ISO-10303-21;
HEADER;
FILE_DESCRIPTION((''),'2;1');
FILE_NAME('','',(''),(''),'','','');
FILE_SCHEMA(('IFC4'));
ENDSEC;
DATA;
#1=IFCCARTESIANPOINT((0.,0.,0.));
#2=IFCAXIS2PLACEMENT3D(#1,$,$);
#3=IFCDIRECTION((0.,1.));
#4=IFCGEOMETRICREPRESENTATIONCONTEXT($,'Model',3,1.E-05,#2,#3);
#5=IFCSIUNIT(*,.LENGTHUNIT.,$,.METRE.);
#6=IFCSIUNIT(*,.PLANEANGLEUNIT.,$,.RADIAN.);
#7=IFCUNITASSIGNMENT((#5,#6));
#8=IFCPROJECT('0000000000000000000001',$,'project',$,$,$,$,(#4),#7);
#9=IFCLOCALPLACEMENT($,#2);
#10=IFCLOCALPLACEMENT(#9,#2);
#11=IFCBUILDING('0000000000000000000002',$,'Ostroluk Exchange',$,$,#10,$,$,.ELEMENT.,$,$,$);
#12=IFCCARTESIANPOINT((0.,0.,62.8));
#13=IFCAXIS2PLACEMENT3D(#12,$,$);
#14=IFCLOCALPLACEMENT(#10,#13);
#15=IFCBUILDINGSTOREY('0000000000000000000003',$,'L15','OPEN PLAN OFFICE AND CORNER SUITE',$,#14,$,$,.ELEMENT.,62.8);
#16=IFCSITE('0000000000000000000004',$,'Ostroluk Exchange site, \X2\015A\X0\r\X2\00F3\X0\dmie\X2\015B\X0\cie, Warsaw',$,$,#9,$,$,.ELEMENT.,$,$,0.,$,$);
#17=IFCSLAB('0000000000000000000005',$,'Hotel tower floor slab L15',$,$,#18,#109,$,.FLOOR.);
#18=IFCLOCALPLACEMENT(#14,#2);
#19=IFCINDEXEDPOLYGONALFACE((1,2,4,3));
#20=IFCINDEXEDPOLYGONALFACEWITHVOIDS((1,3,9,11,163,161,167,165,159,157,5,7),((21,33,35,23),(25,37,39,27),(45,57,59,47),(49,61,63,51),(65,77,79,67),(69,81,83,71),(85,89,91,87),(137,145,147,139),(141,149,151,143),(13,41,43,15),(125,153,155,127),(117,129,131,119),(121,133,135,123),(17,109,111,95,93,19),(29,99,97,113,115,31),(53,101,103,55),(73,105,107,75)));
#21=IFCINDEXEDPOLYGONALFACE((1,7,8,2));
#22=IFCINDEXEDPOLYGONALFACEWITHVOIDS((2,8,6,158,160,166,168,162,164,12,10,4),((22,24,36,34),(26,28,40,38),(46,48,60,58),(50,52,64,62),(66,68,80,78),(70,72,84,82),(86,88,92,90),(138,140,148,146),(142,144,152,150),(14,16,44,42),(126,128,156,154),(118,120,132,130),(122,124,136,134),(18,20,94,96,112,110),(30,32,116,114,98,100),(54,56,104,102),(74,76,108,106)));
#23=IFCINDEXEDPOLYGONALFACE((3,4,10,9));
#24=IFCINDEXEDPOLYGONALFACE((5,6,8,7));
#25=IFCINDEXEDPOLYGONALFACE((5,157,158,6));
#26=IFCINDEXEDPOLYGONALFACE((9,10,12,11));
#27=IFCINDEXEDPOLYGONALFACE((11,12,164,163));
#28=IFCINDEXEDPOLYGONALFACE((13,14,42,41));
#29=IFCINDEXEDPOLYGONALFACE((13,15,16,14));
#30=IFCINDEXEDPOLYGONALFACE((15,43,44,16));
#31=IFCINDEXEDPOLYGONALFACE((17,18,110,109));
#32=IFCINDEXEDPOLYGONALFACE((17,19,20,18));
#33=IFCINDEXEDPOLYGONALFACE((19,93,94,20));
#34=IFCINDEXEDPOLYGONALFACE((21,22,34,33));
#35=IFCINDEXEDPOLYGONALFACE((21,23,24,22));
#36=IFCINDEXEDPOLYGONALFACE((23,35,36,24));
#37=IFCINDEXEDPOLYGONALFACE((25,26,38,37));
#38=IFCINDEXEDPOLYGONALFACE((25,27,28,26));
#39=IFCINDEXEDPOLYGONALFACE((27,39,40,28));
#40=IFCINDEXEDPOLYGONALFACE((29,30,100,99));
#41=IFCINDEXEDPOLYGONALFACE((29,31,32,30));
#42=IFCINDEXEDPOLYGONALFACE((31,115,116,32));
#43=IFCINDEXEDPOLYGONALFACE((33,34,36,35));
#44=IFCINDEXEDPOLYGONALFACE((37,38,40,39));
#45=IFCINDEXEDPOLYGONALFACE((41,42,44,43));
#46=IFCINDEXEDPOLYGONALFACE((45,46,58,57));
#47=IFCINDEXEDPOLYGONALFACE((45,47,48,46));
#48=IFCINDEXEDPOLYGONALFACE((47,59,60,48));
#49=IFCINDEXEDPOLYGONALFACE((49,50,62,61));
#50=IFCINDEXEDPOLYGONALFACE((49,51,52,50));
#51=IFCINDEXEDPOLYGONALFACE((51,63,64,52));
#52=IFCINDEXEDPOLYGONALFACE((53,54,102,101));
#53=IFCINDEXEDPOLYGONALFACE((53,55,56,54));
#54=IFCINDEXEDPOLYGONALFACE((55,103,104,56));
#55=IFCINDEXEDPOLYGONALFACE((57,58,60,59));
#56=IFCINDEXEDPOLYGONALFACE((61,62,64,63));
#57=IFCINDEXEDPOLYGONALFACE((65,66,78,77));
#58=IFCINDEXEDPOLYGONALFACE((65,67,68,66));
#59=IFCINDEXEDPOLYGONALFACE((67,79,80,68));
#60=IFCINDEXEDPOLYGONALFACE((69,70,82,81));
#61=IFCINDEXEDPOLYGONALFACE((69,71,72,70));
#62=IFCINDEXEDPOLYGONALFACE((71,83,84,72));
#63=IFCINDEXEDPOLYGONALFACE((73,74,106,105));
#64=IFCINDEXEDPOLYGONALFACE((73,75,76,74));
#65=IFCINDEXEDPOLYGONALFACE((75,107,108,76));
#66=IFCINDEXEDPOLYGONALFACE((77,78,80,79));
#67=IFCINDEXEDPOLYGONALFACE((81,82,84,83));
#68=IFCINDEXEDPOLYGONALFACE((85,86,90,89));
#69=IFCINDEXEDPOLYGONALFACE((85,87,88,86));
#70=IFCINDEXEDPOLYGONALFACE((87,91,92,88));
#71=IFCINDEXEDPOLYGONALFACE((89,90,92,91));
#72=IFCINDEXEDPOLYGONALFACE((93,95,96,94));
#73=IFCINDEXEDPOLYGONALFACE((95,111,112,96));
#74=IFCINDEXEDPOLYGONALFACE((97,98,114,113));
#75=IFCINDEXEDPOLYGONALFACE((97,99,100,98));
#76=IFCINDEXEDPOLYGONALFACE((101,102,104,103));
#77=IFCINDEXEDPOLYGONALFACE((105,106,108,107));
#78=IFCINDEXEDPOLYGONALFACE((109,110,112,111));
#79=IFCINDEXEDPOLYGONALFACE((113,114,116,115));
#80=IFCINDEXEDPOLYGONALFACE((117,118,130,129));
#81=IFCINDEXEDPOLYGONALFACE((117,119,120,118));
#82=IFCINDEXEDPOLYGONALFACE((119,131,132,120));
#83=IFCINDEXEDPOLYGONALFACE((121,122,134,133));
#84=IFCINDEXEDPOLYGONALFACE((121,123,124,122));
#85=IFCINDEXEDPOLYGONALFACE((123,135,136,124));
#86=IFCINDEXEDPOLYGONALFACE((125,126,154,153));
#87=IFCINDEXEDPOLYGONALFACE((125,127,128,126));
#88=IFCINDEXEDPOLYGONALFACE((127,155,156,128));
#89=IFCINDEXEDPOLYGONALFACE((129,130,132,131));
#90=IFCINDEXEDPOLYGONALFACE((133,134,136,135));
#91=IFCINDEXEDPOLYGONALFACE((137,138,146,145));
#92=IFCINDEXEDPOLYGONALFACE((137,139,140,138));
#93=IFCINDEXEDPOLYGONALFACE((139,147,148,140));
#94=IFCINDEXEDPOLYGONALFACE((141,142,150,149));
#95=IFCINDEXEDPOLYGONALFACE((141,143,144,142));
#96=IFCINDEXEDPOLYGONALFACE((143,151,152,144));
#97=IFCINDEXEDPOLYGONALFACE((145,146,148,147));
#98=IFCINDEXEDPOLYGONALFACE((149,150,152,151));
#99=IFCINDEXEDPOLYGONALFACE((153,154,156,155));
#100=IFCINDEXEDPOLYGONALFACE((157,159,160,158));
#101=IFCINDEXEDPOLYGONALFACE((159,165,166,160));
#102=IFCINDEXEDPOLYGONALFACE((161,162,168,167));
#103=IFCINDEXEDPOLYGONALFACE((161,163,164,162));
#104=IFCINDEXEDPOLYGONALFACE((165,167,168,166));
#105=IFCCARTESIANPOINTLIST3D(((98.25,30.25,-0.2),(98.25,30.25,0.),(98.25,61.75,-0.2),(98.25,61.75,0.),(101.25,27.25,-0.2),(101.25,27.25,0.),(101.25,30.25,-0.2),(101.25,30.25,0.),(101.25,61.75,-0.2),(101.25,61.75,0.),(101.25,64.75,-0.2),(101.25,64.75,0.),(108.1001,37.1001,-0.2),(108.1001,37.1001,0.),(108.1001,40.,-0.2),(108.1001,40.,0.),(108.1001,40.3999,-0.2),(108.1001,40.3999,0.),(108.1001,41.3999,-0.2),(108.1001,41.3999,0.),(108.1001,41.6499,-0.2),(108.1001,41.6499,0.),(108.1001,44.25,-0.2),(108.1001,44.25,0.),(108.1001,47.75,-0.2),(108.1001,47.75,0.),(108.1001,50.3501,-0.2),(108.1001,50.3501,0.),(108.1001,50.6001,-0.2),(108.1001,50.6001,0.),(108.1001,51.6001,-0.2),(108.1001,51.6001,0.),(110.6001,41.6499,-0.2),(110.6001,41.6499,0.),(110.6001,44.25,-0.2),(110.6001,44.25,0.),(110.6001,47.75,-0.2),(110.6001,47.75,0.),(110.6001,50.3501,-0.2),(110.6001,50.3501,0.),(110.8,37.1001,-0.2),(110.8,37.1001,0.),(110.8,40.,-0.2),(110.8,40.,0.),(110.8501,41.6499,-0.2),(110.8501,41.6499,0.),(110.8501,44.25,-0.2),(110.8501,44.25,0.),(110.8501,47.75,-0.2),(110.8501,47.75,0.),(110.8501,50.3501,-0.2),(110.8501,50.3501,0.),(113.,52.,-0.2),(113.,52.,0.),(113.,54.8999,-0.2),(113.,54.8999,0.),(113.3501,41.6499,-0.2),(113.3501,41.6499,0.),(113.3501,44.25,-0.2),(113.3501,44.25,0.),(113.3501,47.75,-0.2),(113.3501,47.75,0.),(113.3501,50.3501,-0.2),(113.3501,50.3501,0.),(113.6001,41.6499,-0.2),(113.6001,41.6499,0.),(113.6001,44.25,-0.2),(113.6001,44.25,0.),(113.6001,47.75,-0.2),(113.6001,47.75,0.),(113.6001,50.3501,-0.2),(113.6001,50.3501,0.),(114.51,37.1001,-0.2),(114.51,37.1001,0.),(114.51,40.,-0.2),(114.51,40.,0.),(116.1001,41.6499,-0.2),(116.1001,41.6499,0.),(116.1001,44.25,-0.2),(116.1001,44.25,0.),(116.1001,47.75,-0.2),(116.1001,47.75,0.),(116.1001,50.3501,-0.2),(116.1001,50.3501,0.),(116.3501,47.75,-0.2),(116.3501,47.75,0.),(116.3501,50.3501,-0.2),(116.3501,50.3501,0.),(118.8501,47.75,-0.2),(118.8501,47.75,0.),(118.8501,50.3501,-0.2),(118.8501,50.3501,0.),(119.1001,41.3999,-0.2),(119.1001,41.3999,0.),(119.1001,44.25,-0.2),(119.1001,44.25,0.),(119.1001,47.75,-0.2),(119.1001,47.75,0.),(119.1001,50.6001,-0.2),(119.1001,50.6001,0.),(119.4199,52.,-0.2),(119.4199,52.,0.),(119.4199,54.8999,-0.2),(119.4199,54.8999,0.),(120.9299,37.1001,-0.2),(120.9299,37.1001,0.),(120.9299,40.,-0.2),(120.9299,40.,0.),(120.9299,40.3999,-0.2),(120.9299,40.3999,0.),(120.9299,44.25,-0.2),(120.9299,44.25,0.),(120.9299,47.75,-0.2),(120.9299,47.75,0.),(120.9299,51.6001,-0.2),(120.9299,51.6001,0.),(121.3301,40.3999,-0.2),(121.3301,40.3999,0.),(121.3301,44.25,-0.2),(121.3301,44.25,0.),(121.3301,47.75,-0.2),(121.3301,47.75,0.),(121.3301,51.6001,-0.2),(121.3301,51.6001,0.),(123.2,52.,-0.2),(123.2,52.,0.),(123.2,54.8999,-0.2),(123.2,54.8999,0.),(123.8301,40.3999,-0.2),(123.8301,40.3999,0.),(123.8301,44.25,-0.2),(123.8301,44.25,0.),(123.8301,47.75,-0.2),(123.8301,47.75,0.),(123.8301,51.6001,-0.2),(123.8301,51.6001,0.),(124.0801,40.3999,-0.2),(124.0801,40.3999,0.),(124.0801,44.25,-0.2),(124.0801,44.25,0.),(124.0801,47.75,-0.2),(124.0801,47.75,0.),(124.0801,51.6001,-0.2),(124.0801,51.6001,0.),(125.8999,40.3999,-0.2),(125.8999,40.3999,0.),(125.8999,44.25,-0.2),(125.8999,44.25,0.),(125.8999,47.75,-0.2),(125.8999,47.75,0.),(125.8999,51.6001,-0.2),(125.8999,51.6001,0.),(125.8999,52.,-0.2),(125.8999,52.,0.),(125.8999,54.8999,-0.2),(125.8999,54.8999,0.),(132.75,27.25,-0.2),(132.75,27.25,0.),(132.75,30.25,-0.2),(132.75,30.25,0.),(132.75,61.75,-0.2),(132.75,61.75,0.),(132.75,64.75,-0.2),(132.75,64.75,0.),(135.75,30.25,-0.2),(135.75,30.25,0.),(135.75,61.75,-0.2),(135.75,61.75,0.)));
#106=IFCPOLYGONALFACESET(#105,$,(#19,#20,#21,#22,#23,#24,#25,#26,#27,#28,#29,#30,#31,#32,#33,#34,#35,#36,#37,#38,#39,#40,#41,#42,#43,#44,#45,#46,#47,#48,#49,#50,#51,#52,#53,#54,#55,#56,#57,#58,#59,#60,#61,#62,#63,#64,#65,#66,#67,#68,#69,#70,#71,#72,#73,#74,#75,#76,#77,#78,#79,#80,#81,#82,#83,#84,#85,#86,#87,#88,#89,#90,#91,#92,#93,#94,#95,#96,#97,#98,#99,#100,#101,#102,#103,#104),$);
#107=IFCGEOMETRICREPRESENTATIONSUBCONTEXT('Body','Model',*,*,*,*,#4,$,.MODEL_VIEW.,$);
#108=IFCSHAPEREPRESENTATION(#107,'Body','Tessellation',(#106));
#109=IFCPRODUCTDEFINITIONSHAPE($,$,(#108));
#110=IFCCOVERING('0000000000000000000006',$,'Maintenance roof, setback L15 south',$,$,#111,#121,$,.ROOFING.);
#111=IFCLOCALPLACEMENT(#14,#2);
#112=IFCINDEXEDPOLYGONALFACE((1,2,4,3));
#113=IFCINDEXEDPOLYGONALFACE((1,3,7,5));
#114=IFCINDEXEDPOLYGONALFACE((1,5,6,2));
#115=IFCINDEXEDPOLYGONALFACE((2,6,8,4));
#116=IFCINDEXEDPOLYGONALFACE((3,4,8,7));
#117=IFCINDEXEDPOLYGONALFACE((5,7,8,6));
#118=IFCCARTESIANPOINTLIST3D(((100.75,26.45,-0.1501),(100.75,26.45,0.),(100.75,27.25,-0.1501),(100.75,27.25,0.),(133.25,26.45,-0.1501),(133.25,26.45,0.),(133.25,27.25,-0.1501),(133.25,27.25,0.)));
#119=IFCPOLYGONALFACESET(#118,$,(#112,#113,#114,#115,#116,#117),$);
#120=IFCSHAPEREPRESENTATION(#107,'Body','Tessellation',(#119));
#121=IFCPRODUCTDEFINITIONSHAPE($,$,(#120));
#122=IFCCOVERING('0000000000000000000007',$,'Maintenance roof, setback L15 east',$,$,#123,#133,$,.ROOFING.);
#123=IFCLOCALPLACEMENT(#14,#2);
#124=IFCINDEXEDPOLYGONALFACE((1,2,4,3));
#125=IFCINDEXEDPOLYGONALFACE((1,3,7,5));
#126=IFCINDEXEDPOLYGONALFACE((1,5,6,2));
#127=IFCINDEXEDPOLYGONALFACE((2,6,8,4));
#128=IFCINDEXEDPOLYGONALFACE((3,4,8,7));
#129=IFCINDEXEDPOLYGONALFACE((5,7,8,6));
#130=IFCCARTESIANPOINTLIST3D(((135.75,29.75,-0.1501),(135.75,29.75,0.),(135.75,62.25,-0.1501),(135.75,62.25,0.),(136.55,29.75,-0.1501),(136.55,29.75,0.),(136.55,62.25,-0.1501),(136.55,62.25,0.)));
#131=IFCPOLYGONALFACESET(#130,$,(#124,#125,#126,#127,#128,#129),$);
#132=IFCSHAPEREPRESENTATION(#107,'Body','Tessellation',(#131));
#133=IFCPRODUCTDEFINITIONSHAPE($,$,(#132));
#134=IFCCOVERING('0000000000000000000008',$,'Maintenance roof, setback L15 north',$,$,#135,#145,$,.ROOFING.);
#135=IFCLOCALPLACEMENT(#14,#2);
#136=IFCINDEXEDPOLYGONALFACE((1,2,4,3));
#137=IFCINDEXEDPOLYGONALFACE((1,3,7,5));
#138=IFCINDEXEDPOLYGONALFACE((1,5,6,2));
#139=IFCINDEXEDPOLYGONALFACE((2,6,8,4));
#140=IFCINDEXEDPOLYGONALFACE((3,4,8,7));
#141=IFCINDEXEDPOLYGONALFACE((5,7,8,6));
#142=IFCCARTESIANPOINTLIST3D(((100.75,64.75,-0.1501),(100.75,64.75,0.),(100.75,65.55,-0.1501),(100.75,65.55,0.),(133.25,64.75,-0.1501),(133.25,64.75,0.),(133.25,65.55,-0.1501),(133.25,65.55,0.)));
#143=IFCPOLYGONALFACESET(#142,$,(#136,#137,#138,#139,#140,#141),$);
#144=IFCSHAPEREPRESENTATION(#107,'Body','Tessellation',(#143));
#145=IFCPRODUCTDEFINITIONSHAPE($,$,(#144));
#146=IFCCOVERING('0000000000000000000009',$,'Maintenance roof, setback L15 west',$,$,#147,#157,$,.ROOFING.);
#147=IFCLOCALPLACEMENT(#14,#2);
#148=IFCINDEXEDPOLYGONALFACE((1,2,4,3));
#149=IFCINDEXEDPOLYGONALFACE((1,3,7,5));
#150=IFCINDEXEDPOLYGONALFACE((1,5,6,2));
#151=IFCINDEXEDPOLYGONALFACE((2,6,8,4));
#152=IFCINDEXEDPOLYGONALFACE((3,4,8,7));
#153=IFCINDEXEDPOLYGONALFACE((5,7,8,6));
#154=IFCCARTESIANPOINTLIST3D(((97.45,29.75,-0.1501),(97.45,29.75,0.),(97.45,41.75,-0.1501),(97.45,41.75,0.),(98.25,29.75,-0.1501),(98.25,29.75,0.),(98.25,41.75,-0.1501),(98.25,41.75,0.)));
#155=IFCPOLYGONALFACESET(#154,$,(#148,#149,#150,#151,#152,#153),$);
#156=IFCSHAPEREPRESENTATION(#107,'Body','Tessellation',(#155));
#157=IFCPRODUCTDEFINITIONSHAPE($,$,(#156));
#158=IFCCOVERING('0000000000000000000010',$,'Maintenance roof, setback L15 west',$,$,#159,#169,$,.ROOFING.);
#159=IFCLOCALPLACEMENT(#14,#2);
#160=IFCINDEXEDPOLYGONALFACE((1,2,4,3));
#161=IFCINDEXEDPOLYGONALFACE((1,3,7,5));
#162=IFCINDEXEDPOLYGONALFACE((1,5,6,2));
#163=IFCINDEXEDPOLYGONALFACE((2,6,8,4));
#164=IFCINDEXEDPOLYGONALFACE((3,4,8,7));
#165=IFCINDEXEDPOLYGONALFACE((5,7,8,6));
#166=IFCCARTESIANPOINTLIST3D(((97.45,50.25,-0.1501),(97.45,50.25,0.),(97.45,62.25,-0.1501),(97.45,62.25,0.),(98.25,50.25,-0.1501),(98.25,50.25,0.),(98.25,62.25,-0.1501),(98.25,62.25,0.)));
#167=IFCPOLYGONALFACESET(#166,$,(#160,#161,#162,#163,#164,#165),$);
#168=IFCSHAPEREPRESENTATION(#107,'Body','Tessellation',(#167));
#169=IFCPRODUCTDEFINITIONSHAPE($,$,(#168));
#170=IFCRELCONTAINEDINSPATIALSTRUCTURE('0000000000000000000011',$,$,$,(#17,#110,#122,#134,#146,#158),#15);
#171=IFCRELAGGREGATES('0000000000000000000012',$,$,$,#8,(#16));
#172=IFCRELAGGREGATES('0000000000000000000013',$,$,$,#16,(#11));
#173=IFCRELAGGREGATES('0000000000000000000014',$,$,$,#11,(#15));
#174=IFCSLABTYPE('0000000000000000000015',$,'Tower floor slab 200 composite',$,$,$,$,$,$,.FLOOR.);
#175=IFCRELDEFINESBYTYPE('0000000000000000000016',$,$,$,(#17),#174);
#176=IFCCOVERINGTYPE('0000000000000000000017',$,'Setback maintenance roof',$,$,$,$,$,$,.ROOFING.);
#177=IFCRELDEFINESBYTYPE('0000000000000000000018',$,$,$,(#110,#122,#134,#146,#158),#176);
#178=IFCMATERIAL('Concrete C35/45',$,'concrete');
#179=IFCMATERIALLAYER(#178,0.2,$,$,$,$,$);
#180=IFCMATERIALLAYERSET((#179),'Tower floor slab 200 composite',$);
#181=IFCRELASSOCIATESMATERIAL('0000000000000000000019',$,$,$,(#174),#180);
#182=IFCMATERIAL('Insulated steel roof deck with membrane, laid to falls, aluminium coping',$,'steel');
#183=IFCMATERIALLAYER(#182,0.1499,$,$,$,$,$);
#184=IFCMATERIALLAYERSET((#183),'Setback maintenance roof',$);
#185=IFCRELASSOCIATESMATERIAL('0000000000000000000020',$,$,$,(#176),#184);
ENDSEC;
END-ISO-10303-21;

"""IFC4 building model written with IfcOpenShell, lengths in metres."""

from ifc_helpers import new_model, si_unit, direction, frame, origin, place, context, subcontext, project, spatial, polyline, outline, extrude, material, layer, layer_set, type_object, element, save


model = new_model("IFC4")

# Units and contexts
model_context = context("Model", 3, precision=1e-05, world=origin(), true_north=direction((0.0, 1.0)))
body_context = subcontext(model_context, "Body", "Model", "MODEL_VIEW")
ifc_project = project(units=[si_unit("LENGTHUNIT", "METRE"), si_unit("PLANEANGLEUNIT", "RADIAN")], contexts=[model_context])

# Site, building, storey
site_placement = place(None, origin())
site = spatial("IfcSite", under=ifc_project, at=site_placement, Name="Ostroluk Exchange site, Śródmieście, Warsaw", CompositionType="ELEMENT", RefElevation=0.0)
building_placement = place(site_placement, origin())
building = spatial("IfcBuilding", under=site, at=building_placement, Name="Ostroluk Exchange", CompositionType="ELEMENT")
storey_placement = place(building_placement, frame((0.0, 0.0, 62.8)))
storey = spatial("IfcBuildingStorey", under=building, at=storey_placement, Name="L15", Description="OPEN PLAN OFFICE AND CORNER SUITE", CompositionType="ELEMENT", Elevation=62.8)

# Slab
ifc_material_1 = material(Name="Concrete C35/45", Category="concrete")
ifc_layer_1 = layer(ifc_material_1, 0.2)
ifc_layer_set_1 = layer_set([ifc_layer_1], Name="Tower floor slab 200 composite")
slab_type_1 = type_object("IfcSlabType", Name="Tower floor slab 200 composite", PredefinedType="FLOOR", material=ifc_layer_set_1)
slab_1_placement = place(storey_placement, frame((0.0, 0.0, -0.2)))
element("IfcSlab", 1, at=slab_1_placement, inside=storey, type_object=slab_type_1, Name="Hotel tower floor slab L15", PredefinedType="FLOOR", context=body_context, shape_type="SweptSolid", body=[
    extrude(outline(polyline([(101.25, 27.25), (132.75, 27.25), (132.75, 30.25), (135.75, 30.25), (135.75, 61.75), (132.75, 61.75), (132.75, 64.75), (101.25, 64.75), (101.25, 61.75), (98.25, 61.75), (98.25, 30.25), (101.25, 30.25), (101.25, 27.25)]), holes=[polyline([(108.1001, 37.1001), (110.8, 37.1001), (110.8, 40.0), (108.1001, 40.0), (108.1001, 37.1001)]), polyline([(114.51, 37.1001), (120.9299, 37.1001), (120.9299, 40.0), (114.51, 40.0), (114.51, 37.1001)]), polyline([(113.0, 52.0), (119.4199, 52.0), (119.4199, 54.8999), (113.0, 54.8999), (113.0, 52.0)]), polyline([(123.2, 52.0), (125.8999, 52.0), (125.8999, 54.8999), (123.2, 54.8999), (123.2, 52.0)]), polyline([(108.1001, 47.75), (110.6001, 47.75), (110.6001, 50.3501), (108.1001, 50.3501), (108.1001, 47.75)]), polyline([(110.8501, 47.75), (113.3501, 47.75), (113.3501, 50.3501), (110.8501, 50.3501), (110.8501, 47.75)]), polyline([(113.6001, 47.75), (116.1001, 47.75), (116.1001, 50.3501), (113.6001, 50.3501), (113.6001, 47.75)]), polyline([(116.3501, 47.75), (118.8501, 47.75), (118.8501, 50.3501), (116.3501, 50.3501), (116.3501, 47.75)]), polyline([(108.1001, 41.6499), (110.6001, 41.6499), (110.6001, 44.25), (108.1001, 44.25), (108.1001, 41.6499)]), polyline([(110.8501, 41.6499), (113.3501, 41.6499), (113.3501, 44.25), (110.8501, 44.25), (110.8501, 41.6499)]), polyline([(113.6001, 41.6499), (116.1001, 41.6499), (116.1001, 44.25), (113.6001, 44.25), (113.6001, 41.6499)]), polyline([(121.3301, 47.75), (123.8301, 47.75), (123.8301, 51.6001), (121.3301, 51.6001), (121.3301, 47.75)]), polyline([(121.3301, 40.3999), (123.8301, 40.3999), (123.8301, 44.25), (121.3301, 44.25), (121.3301, 40.3999)]), polyline([(120.9299, 51.6001), (120.9299, 47.75), (119.1001, 47.75), (119.1001, 50.6001), (108.1001, 50.6001), (108.1001, 51.6001), (120.9299, 51.6001)]), polyline([(108.1001, 40.3999), (108.1001, 41.3999), (119.1001, 41.3999), (119.1001, 44.25), (120.9299, 44.25), (120.9299, 40.3999), (108.1001, 40.3999)]), polyline([(124.0801, 47.75), (125.8999, 47.75), (125.8999, 51.6001), (124.0801, 51.6001), (124.0801, 47.75)]), polyline([(124.0801, 40.3999), (125.8999, 40.3999), (125.8999, 44.25), (124.0801, 44.25), (124.0801, 40.3999)])]), origin(), (0.0, 0.0, 1.0), 0.2),
])

# Coverings
ifc_material_2 = material(Name="Insulated steel roof deck with membrane, laid to falls, aluminium coping", Category="steel")
ifc_layer_2 = layer(ifc_material_2, 0.1499)
ifc_layer_set_2 = layer_set([ifc_layer_2], Name="Setback maintenance roof")
covering_type = type_object("IfcCoveringType", Name="Setback maintenance roof", PredefinedType="ROOFING", material=ifc_layer_set_2)
covering_1_placement = place(storey_placement, frame((0.0, 0.0, -0.1501)))
element("IfcCovering", 2, at=covering_1_placement, inside=storey, type_object=covering_type, Name="Maintenance roof, setback L15 south", PredefinedType="ROOFING", context=body_context, shape_type="SweptSolid", body=[
    extrude(outline(polyline([(100.75, 27.25), (133.25, 27.25), (133.25, 26.45), (100.75, 26.45), (100.75, 27.25)])), origin(), (0.0, 0.0, 1.0), 0.1501),
])
covering_2_placement = place(storey_placement, frame((0.0, 0.0, -0.1501)))
element("IfcCovering", 3, at=covering_2_placement, inside=storey, type_object=covering_type, Name="Maintenance roof, setback L15 east", PredefinedType="ROOFING", context=body_context, shape_type="SweptSolid", body=[
    extrude(outline(polyline([(135.75, 62.25), (136.55, 62.25), (136.55, 29.75), (135.75, 29.75), (135.75, 62.25)])), origin(), (0.0, 0.0, 1.0), 0.1501),
])
covering_3_placement = place(storey_placement, frame((0.0, 0.0, -0.1501)))
element("IfcCovering", 4, at=covering_3_placement, inside=storey, type_object=covering_type, Name="Maintenance roof, setback L15 north", PredefinedType="ROOFING", context=body_context, shape_type="SweptSolid", body=[
    extrude(outline(polyline([(100.75, 65.55), (133.25, 65.55), (133.25, 64.75), (100.75, 64.75), (100.75, 65.55)])), origin(), (0.0, 0.0, 1.0), 0.1501),
])
covering_4_placement = place(storey_placement, frame((0.0, 0.0, -0.1501)))
element("IfcCovering", 5, at=covering_4_placement, inside=storey, type_object=covering_type, Name="Maintenance roof, setback L15 west", PredefinedType="ROOFING", context=body_context, shape_type="SweptSolid", body=[
    extrude(outline(polyline([(97.45, 41.75), (98.25, 41.75), (98.25, 29.75), (97.45, 29.75), (97.45, 41.75)])), origin(), (0.0, 0.0, 1.0), 0.1501),
])
covering_5_placement = place(storey_placement, frame((0.0, 0.0, -0.1501)))
element("IfcCovering", 6, at=covering_5_placement, inside=storey, type_object=covering_type, Name="Maintenance roof, setback L15 west", PredefinedType="ROOFING", context=body_context, shape_type="SweptSolid", body=[
    extrude(outline(polyline([(97.45, 62.25), (98.25, 62.25), (98.25, 50.25), (97.45, 50.25), (97.45, 62.25)])), origin(), (0.0, 0.0, 1.0), 0.1501),
])

save(model, "model.ifc")
